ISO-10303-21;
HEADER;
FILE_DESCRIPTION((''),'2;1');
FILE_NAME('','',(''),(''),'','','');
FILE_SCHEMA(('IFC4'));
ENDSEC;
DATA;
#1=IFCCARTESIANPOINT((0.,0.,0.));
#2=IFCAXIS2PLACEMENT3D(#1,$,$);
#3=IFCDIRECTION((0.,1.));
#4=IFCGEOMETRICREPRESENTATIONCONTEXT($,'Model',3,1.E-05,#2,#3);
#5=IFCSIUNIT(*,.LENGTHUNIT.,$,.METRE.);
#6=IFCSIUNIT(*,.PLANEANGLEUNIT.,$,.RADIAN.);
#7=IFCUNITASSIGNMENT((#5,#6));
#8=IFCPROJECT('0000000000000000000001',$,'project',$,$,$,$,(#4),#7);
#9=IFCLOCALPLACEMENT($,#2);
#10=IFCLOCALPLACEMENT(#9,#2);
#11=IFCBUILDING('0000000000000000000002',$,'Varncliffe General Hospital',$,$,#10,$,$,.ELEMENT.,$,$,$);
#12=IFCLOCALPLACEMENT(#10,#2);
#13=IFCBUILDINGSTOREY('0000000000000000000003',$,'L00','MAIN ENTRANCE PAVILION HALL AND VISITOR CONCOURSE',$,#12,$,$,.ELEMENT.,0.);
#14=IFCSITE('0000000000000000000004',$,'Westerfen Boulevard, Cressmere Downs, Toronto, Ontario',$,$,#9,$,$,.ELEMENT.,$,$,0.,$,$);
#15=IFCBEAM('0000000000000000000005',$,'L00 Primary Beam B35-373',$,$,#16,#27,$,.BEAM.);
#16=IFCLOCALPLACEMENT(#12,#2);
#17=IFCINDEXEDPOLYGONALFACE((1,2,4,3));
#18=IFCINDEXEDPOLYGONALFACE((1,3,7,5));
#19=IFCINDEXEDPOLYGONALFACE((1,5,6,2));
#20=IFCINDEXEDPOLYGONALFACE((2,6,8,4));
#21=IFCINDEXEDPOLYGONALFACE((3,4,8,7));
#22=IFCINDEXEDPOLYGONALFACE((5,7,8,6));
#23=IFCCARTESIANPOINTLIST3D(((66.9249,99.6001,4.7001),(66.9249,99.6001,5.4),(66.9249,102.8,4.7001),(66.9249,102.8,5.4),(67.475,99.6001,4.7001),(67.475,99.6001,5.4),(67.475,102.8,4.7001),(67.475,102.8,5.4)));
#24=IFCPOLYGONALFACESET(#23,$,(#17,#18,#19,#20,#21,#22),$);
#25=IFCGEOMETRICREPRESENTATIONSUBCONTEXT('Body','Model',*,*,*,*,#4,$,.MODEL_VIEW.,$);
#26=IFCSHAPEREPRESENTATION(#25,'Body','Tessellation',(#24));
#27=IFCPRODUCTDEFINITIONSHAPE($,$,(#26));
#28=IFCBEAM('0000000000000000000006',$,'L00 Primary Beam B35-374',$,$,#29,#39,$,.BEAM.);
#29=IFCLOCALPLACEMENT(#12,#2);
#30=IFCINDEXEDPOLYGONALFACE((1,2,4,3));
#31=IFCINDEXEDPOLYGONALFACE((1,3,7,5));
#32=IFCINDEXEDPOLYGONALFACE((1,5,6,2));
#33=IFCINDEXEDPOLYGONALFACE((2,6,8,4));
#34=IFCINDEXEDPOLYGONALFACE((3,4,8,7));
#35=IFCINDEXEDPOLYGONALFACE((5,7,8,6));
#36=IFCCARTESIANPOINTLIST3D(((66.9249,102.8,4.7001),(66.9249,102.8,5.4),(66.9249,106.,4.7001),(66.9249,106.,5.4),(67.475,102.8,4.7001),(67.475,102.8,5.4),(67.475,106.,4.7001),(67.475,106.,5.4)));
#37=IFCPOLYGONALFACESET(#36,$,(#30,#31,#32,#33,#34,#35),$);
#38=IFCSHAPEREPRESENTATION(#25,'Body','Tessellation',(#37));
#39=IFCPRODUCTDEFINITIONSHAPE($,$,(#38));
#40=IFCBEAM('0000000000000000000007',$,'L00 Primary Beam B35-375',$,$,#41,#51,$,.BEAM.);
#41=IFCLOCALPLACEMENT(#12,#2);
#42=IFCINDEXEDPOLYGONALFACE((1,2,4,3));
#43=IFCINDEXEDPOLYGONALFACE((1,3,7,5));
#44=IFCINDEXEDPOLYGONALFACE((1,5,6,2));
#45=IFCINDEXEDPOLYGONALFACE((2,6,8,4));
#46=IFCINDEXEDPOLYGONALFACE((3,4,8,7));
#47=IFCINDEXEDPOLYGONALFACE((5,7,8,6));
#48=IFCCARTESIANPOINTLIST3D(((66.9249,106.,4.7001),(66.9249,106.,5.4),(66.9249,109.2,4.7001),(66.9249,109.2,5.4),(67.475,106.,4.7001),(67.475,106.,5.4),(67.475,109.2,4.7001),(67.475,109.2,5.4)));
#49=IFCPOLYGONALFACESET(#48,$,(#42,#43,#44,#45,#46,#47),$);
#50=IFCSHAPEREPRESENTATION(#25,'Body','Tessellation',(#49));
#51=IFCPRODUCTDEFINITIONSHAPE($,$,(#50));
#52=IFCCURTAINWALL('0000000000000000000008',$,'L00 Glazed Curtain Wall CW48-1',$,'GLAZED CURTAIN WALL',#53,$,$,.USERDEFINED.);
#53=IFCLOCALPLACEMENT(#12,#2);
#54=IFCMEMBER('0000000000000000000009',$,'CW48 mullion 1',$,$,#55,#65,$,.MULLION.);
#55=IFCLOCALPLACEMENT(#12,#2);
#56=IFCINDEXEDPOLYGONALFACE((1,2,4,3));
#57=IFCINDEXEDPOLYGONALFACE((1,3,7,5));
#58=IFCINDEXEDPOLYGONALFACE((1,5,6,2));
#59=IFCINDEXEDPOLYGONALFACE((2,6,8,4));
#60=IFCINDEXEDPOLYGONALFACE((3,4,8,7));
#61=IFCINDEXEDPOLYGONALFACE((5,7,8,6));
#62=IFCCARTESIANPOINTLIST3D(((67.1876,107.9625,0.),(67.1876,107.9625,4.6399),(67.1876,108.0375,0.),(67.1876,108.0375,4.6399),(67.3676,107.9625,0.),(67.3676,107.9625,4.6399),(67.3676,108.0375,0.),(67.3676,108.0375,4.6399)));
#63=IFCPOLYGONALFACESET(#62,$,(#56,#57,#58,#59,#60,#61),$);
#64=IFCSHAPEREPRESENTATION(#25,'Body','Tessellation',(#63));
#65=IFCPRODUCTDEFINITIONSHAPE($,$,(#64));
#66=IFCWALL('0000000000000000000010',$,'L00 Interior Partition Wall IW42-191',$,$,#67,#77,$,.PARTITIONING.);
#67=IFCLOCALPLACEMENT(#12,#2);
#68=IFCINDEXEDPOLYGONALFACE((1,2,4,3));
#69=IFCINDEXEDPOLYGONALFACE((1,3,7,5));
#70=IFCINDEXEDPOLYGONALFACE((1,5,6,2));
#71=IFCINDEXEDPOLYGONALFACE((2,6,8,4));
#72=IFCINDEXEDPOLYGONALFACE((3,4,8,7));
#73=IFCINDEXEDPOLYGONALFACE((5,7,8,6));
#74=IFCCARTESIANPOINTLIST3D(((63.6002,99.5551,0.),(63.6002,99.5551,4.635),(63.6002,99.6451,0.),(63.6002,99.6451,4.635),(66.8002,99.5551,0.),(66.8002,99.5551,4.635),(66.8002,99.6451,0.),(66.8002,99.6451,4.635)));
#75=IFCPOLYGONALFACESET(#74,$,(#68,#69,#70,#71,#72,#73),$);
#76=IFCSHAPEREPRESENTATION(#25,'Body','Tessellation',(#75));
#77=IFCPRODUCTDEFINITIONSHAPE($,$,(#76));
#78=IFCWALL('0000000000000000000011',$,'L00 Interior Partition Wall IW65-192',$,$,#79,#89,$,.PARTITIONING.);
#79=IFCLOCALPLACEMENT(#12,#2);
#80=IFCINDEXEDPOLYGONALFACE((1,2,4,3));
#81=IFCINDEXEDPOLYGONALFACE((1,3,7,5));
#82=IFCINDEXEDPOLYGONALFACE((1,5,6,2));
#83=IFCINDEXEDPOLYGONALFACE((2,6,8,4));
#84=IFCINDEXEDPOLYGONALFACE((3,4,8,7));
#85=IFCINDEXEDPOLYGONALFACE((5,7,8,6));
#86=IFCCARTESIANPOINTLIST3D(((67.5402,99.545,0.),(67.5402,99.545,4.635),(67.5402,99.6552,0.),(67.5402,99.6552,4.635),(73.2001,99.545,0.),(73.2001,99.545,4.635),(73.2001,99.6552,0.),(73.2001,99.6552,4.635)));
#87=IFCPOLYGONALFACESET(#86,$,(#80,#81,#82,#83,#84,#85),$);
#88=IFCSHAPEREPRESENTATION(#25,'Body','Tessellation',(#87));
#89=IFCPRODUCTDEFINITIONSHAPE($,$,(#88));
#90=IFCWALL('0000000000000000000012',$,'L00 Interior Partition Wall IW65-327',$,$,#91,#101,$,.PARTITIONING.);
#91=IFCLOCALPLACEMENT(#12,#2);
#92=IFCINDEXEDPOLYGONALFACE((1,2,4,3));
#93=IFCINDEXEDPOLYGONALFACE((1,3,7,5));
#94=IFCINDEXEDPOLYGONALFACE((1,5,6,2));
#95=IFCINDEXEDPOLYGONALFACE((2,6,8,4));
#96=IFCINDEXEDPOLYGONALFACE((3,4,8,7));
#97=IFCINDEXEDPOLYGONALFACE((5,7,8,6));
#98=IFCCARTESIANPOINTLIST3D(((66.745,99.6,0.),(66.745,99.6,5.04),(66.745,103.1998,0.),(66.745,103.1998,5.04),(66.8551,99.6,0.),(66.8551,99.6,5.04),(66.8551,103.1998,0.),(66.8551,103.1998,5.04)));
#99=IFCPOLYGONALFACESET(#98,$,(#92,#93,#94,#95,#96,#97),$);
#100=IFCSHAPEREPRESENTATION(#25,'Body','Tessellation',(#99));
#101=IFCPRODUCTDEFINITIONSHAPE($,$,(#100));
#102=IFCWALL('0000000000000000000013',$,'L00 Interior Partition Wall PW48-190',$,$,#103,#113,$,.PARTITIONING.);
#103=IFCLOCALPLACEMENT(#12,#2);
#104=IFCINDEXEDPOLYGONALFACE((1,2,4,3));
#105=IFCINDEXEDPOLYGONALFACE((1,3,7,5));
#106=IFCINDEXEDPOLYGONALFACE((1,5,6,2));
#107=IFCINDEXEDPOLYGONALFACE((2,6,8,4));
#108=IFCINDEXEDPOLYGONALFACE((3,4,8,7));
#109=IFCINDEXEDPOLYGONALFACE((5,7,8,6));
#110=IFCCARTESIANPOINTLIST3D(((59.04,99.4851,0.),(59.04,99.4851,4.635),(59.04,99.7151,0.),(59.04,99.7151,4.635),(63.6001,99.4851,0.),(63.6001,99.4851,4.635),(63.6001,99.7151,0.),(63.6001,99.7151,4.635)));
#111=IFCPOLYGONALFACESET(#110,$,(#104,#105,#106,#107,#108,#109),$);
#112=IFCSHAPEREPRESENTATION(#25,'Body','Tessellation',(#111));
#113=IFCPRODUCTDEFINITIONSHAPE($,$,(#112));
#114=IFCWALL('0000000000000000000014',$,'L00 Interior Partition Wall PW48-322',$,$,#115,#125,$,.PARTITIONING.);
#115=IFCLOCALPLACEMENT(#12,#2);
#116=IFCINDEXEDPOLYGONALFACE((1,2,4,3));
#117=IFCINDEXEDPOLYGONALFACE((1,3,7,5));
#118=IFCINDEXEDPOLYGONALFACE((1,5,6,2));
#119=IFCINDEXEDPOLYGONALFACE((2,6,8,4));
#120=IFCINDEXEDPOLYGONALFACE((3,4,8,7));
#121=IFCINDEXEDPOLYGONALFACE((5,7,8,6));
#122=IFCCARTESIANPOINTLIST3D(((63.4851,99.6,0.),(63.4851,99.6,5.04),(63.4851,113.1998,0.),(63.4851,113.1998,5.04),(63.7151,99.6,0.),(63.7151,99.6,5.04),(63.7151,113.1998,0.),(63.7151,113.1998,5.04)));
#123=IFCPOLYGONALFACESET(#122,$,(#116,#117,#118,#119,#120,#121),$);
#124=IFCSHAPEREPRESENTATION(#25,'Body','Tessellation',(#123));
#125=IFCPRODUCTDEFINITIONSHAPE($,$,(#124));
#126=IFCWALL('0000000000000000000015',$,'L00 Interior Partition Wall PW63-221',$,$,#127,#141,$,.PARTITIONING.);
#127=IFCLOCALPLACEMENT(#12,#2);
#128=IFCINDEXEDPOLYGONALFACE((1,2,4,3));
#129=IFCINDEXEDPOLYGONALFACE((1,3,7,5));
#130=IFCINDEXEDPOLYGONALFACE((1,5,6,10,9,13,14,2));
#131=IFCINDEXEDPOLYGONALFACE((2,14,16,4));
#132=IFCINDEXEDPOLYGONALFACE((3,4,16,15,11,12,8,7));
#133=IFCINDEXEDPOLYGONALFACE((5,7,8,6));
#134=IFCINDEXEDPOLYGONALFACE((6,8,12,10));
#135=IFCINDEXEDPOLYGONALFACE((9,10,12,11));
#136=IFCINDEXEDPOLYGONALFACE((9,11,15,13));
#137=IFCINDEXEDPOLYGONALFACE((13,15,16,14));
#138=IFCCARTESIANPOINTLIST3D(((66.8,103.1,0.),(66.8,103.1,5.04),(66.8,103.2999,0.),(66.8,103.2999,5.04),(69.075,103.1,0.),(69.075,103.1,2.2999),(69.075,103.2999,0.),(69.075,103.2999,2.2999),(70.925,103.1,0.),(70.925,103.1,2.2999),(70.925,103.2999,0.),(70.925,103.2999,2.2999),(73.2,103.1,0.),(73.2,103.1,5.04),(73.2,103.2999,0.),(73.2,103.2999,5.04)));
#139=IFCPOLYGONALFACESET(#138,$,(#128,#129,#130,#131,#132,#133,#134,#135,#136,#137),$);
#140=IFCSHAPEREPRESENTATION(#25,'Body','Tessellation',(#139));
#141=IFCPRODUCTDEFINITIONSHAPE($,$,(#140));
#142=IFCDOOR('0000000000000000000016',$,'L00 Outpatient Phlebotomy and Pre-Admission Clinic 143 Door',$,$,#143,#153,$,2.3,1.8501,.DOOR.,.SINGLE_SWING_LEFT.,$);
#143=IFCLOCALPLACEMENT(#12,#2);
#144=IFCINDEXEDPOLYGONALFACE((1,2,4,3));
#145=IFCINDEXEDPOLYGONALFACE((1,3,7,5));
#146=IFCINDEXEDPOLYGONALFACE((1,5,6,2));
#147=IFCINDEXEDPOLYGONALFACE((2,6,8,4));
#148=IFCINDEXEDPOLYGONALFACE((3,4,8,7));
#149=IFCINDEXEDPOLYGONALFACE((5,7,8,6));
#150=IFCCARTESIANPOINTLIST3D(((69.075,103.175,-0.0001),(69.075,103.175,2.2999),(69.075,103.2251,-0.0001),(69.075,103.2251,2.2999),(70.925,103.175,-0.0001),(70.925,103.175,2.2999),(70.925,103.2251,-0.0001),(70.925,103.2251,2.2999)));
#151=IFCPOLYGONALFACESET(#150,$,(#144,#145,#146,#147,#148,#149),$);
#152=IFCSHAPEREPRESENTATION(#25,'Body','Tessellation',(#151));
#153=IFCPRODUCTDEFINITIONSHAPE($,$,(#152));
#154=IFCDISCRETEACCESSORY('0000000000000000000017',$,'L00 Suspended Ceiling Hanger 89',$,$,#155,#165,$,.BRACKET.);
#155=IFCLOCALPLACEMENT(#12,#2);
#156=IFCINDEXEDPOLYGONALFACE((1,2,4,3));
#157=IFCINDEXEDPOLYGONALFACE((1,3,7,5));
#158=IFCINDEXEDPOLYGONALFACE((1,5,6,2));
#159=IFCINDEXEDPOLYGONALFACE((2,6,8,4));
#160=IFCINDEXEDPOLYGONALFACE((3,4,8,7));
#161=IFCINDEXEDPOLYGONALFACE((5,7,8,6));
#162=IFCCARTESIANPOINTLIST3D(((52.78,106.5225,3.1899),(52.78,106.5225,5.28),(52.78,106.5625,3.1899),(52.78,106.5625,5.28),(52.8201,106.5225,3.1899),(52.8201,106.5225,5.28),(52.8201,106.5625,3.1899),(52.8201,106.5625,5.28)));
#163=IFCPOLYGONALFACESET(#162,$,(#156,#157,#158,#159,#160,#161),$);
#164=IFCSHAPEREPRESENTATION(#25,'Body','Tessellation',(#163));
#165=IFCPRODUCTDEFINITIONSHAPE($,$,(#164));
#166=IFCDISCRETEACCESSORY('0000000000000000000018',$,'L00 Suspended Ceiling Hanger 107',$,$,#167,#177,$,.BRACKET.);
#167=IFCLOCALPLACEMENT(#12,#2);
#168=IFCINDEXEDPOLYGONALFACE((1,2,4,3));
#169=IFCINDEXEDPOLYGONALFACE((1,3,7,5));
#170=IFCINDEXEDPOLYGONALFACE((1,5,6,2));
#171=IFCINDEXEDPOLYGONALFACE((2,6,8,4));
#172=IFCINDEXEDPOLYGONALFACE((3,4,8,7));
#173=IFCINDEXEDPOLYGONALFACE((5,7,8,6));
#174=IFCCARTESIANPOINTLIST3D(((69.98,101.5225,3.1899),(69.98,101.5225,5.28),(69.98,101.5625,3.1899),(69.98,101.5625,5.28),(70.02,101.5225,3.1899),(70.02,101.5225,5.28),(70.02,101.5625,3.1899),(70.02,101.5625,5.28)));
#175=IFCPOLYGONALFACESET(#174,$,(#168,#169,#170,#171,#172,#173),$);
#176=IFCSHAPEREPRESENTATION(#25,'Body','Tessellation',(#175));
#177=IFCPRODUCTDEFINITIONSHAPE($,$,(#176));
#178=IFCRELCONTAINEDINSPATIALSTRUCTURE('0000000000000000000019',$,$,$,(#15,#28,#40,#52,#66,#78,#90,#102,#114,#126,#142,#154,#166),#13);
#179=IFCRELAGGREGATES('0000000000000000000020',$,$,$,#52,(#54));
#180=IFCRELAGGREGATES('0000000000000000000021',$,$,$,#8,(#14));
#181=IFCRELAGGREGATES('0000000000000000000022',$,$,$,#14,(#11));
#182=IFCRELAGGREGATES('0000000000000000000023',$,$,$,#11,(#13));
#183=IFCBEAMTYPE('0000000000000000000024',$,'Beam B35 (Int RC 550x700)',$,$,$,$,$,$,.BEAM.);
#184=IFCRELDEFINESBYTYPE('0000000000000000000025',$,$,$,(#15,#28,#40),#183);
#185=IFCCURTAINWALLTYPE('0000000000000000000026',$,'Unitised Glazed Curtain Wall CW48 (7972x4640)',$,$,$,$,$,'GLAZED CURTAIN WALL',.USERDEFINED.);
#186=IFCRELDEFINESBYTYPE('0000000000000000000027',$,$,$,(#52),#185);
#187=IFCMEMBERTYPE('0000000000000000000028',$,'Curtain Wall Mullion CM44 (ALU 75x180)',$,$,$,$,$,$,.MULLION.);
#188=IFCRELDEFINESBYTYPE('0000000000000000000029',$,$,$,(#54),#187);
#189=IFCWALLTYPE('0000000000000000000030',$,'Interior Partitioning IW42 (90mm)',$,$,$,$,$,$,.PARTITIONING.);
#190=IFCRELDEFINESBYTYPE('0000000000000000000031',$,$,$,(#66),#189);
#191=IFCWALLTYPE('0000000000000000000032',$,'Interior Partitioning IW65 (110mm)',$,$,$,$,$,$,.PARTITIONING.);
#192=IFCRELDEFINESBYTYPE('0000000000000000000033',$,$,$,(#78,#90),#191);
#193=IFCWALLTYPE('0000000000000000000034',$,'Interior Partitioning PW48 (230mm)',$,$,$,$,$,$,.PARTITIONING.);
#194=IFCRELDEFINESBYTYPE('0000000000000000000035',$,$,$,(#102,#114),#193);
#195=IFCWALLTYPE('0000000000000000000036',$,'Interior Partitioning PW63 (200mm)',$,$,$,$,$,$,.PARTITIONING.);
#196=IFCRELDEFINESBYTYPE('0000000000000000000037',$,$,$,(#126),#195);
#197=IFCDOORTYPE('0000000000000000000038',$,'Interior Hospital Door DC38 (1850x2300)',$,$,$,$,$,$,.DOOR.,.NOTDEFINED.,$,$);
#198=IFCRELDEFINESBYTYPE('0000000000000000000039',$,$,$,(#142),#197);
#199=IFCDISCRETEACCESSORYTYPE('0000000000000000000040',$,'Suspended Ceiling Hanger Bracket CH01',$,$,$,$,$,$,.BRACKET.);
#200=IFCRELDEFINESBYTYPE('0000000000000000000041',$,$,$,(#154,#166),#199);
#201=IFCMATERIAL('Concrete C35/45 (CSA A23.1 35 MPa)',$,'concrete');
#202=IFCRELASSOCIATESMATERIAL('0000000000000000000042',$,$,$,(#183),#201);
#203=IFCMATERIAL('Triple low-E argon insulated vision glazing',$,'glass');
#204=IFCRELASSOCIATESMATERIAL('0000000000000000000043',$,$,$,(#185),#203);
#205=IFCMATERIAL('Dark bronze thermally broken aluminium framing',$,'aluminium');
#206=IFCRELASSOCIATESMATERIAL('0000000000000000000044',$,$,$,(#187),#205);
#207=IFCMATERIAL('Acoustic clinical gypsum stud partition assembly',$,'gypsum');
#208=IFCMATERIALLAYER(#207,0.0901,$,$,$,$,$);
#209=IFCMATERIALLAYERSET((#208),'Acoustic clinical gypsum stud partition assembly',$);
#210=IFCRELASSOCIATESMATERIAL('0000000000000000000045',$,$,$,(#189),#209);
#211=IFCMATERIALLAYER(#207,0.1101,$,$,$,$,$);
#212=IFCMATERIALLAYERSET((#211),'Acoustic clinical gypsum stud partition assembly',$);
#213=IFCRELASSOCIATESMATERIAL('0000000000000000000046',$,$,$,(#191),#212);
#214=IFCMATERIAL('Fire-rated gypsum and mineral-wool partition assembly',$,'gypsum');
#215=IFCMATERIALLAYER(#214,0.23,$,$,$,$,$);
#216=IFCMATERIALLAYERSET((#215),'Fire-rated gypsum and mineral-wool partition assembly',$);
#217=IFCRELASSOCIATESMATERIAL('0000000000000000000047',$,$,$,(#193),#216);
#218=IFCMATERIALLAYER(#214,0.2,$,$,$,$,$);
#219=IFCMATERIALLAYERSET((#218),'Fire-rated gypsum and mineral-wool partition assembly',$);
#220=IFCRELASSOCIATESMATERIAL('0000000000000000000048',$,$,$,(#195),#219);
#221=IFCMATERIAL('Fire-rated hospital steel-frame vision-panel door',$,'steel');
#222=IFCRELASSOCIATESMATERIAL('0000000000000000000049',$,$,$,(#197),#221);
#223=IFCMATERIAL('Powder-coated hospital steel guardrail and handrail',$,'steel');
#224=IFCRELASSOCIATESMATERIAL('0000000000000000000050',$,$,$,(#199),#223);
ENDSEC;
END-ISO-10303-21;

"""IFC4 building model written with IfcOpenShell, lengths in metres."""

from ifc_helpers import new_model, si_unit, direction, frame, frame_2d, origin, origin_2d, place, context, subcontext, project, spatial, rectangle, extrude, material, layer, layer_set, material_profile, profile_set, type_object, element, fill, aggregate, save


model = new_model("IFC4")

# Units and contexts
model_context = context("Model", 3, precision=1e-05, world=origin(), true_north=direction((0.0, 1.0)))
body_context = subcontext(model_context, "Body", "Model", "MODEL_VIEW")
ifc_project = project(units=[si_unit("LENGTHUNIT", "METRE"), si_unit("PLANEANGLEUNIT", "RADIAN")], contexts=[model_context])

# Site, building, storey
site_placement = place(None, origin())
site = spatial("IfcSite", under=ifc_project, at=site_placement, Name="Westerfen Boulevard, Cressmere Downs, Toronto, Ontario", CompositionType="ELEMENT", RefElevation=0.0)
building_placement = place(site_placement, origin())
building = spatial("IfcBuilding", under=site, at=building_placement, Name="Varncliffe General Hospital", CompositionType="ELEMENT")
storey_placement = place(building_placement, origin())
storey = spatial("IfcBuildingStorey", under=building, at=storey_placement, Name="L00", Description="MAIN ENTRANCE PAVILION HALL AND VISITOR CONCOURSE", CompositionType="ELEMENT", Elevation=0.0)

# Beams
ifc_material_1 = material(Name="Concrete C35/45 (CSA A23.1 35 MPa)", Category="concrete")
ifc_material_profile_1 = material_profile(ifc_material_1, rectangle(XDim=0.55, YDim=0.7, at=origin_2d()), Name="RC 550x700")
ifc_profile_set_1 = profile_set([ifc_material_profile_1], Name="Concrete C35/45 (CSA A23.1 35 MPa)")
beam_type_1 = type_object("IfcBeamType", Name="Beam B35 (Int RC 550x700)", PredefinedType="BEAM", material=ifc_profile_set_1)
for number, where, z_axis, x_axis, name in (
    (1, (67.2, 99.6001, 5.05), (0.0, 1.0, 0.0), (-1.0, 0.0, 0.0), "L00 Primary Beam B35-373"),
    (2, (67.2, 102.8, 5.05), (0.0, 1.0, 0.0), (-1.0, 0.0, 0.0), "L00 Primary Beam B35-374"),
    (3, (67.2, 106.0, 5.05), (0.0, 1.0, 0.0), (-1.0, 0.0, 0.0), "L00 Primary Beam B35-375"),
):
    element("IfcBeam", number, at=place(storey_placement, frame(where, z_axis=z_axis, x_axis=x_axis)), inside=storey, type_object=beam_type_1, Name=name, PredefinedType="BEAM", context=body_context, shape_type="SweptSolid", body=[
        extrude(rectangle(XDim=0.55, YDim=0.7, at=origin_2d()), origin(), (0.0, 0.0, 1.0), 3.2),
    ])

# Curtain wall, member
ifc_material_2 = material(Name="Triple low-E argon insulated vision glazing", Category="glass")
curtain_wall_type = type_object("IfcCurtainWallType", Name="Unitised Glazed Curtain Wall CW48 (7972x4640)", ElementType="GLAZED CURTAIN WALL", PredefinedType="USERDEFINED", material=ifc_material_2)
curtain_wall_placement = place(storey_placement, origin())
curtain_wall = element("IfcCurtainWall", 4, at=curtain_wall_placement, inside=storey, type_object=curtain_wall_type, Name="L00 Glazed Curtain Wall CW48-1", ObjectType="GLAZED CURTAIN WALL", PredefinedType="USERDEFINED")
ifc_material_3 = material(Name="Dark bronze thermally broken aluminium framing", Category="aluminium")
ifc_material_profile_2 = material_profile(ifc_material_3, rectangle(XDim=0.075, YDim=0.1799, at=origin_2d()), Name="ALU 75x180")
ifc_profile_set_2 = profile_set([ifc_material_profile_2], Name="Dark bronze thermally broken aluminium framing")
member_type = type_object("IfcMemberType", Name="Curtain Wall Mullion CM44 (ALU 75x180)", PredefinedType="MULLION", material=ifc_profile_set_2)
member_placement = place(storey_placement, frame((67.2776, 108.0, 0.0), z_axis=(0.0, 0.0, 1.0), x_axis=(0.0, 1.0, 0.0)))
member = element("IfcMember", 5, at=member_placement, type_object=member_type, Name="CW48 mullion 1", PredefinedType="MULLION", context=body_context, shape_type="SweptSolid", body=[
    extrude(rectangle(XDim=0.075, YDim=0.1799, at=origin_2d()), origin(), (0.0, 0.0, 1.0), 4.6399),
])
aggregate(curtain_wall, [member])

# Walls
ifc_material_4 = material(Name="Acoustic clinical gypsum stud partition assembly", Category="gypsum")
ifc_layer_1 = layer(ifc_material_4, 0.0901)
ifc_layer_set_1 = layer_set([ifc_layer_1], Name="Acoustic clinical gypsum stud partition assembly")
wall_type_1 = type_object("IfcWallType", Name="Interior Partitioning IW42 (90mm)", PredefinedType="PARTITIONING", material=ifc_layer_set_1)
wall_1_placement = place(storey_placement, frame((63.6001, 99.6001, 0.0), z_axis=(0.0, 0.0, 1.0), x_axis=(1.0, 0.0, 0.0)))
element("IfcWall", 6, at=wall_1_placement, inside=storey, type_object=wall_type_1, Name="L00 Interior Partition Wall IW42-191", PredefinedType="PARTITIONING", context=body_context, shape_type="SweptSolid", body=[
    extrude(rectangle(XDim=3.2, YDim=0.0901, at=frame_2d((1.6001, 0.0))), origin(), (0.0, 0.0, 1.0), 4.635),
])
ifc_layer_2 = layer(ifc_material_4, 0.1101)
ifc_layer_set_2 = layer_set([ifc_layer_2], Name="Acoustic clinical gypsum stud partition assembly")
wall_type_2 = type_object("IfcWallType", Name="Interior Partitioning IW65 (110mm)", PredefinedType="PARTITIONING", material=ifc_layer_set_2)
wall_2_placement = place(storey_placement, frame((67.54, 99.6001, 0.0), z_axis=(0.0, 0.0, 1.0), x_axis=(1.0, 0.0, 0.0)))
element("IfcWall", 7, at=wall_2_placement, inside=storey, type_object=wall_type_2, Name="L00 Interior Partition Wall IW65-192", PredefinedType="PARTITIONING", context=body_context, shape_type="SweptSolid", body=[
    extrude(rectangle(XDim=5.6599, YDim=0.1101, at=frame_2d((2.8301, 0.0))), origin(), (0.0, 0.0, 1.0), 4.635),
])
wall_3_placement = place(storey_placement, frame((66.8, 99.6001, 0.0), z_axis=(0.0, 0.0, 1.0), x_axis=(0.0, 1.0, 0.0)))
element("IfcWall", 8, at=wall_3_placement, inside=storey, type_object=wall_type_2, Name="L00 Interior Partition Wall IW65-327", PredefinedType="PARTITIONING", context=body_context, shape_type="SweptSolid", body=[
    extrude(rectangle(XDim=3.5999, YDim=0.1101, at=frame_2d((1.7998, 0.0))), origin(), (0.0, 0.0, 1.0), 5.04),
])
ifc_material_5 = material(Name="Fire-rated gypsum and mineral-wool partition assembly", Category="gypsum")
ifc_layer_3 = layer(ifc_material_5, 0.23)
ifc_layer_set_3 = layer_set([ifc_layer_3], Name="Fire-rated gypsum and mineral-wool partition assembly")
wall_type_3 = type_object("IfcWallType", Name="Interior Partitioning PW48 (230mm)", PredefinedType="PARTITIONING", material=ifc_layer_set_3)
wall_4_placement = place(storey_placement, frame((59.04, 99.6001, 0.0), z_axis=(0.0, 0.0, 1.0), x_axis=(1.0, 0.0, 0.0)))
element("IfcWall", 9, at=wall_4_placement, inside=storey, type_object=wall_type_3, Name="L00 Interior Partition Wall PW48-190", PredefinedType="PARTITIONING", context=body_context, shape_type="SweptSolid", body=[
    extrude(rectangle(XDim=4.5601, YDim=0.23, at=frame_2d((2.28, 0.0))), origin(), (0.0, 0.0, 1.0), 4.635),
])
wall_5_placement = place(storey_placement, frame((63.6001, 99.6001, 0.0), z_axis=(0.0, 0.0, 1.0), x_axis=(0.0, 1.0, 0.0)))
element("IfcWall", 10, at=wall_5_placement, inside=storey, type_object=wall_type_3, Name="L00 Interior Partition Wall PW48-322", PredefinedType="PARTITIONING", context=body_context, shape_type="SweptSolid", body=[
    extrude(rectangle(XDim=13.5999, YDim=0.23, at=frame_2d((6.7998, 0.0))), origin(), (0.0, 0.0, 1.0), 5.04),
])

# Wall, opening, door
ifc_layer_4 = layer(ifc_material_5, 0.2)
ifc_layer_set_4 = layer_set([ifc_layer_4], Name="Fire-rated gypsum and mineral-wool partition assembly")
wall_type_4 = type_object("IfcWallType", Name="Interior Partitioning PW63 (200mm)", PredefinedType="PARTITIONING", material=ifc_layer_set_4)
wall_6_placement = place(storey_placement, frame((66.8, 103.2, 0.0), z_axis=(0.0, 0.0, 1.0), x_axis=(1.0, 0.0, 0.0)))
wall_6 = element("IfcWall", 11, at=wall_6_placement, inside=storey, type_object=wall_type_4, Name="L00 Interior Partition Wall PW63-221", PredefinedType="PARTITIONING", context=body_context, shape_type="SweptSolid", body=[
    extrude(rectangle(XDim=6.3999, YDim=0.2, at=frame_2d((3.2, 0.0))), origin(), (0.0, 0.0, 1.0), 5.04),
])
opening_placement = place(wall_6_placement, frame((2.2749, 0.0, 0.0)))
opening = element("IfcOpeningElement", 12, at=opening_placement, cuts=wall_6, PredefinedType="OPENING", context=body_context, shape_type="SweptSolid", body=[
    extrude(rectangle(XDim=1.8501, YDim=2.3, at=frame_2d((0.925, 1.1499))), frame((0.0, 0.1099, 0.0), z_axis=(0.0, -1.0, 0.0), x_axis=(1.0, 0.0, 0.0)), (0.0, 0.0, 1.0), 0.22),
])
ifc_material_6 = material(Name="Fire-rated hospital steel-frame vision-panel door", Category="steel")
door_type = type_object("IfcDoorType", Name="Interior Hospital Door DC38 (1850x2300)", OperationType="NOTDEFINED", PredefinedType="DOOR", material=ifc_material_6)
door_placement = place(opening_placement, frame((1.8501, 0.0, 0.0), z_axis=(0.0, 0.0, 1.0), x_axis=(-1.0, 0.0, 0.0)))
door = element("IfcDoor", 13, at=door_placement, inside=storey, type_object=door_type, Name="L00 Outpatient Phlebotomy and Pre-Admission Clinic 143 Door", OperationType="SINGLE_SWING_LEFT", OverallHeight=2.3, OverallWidth=1.8501, PredefinedType="DOOR", context=body_context, shape_type="SweptSolid", body=[
    extrude(rectangle(XDim=1.8501, YDim=2.3, at=frame_2d((0.925, 1.1499))), frame((0.0, 0.0249, 0.0), z_axis=(0.0, -1.0, 0.0), x_axis=(1.0, 0.0, 0.0)), (0.0, 0.0, 1.0), 0.05),
])
fill(opening, door)

# Discrete accessories
ifc_material_7 = material(Name="Powder-coated hospital steel guardrail and handrail", Category="steel")
discrete_accessory_type = type_object("IfcDiscreteAccessoryType", Name="Suspended Ceiling Hanger Bracket CH01", PredefinedType="BRACKET", material=ifc_material_7)
for number, where, z_axis, x_axis, name in (
    (14, (52.8, 106.5425, 3.1899), (0.0, 0.0, 1.0), (1.0, 0.0, 0.0), "L00 Suspended Ceiling Hanger 89"),
    (15, (70.0, 101.5425, 3.1899), (0.0, 0.0, 1.0), (1.0, 0.0, 0.0), "L00 Suspended Ceiling Hanger 107"),
):
    element("IfcDiscreteAccessory", number, at=place(storey_placement, frame(where, z_axis=z_axis, x_axis=x_axis)), inside=storey, type_object=discrete_accessory_type, Name=name, PredefinedType="BRACKET", context=body_context, shape_type="SweptSolid", body=[
        extrude(rectangle(XDim=0.04, YDim=0.04, at=origin_2d()), origin(), (0.0, 0.0, 1.0), 2.0901),
    ])

save(model, "model.ifc")
